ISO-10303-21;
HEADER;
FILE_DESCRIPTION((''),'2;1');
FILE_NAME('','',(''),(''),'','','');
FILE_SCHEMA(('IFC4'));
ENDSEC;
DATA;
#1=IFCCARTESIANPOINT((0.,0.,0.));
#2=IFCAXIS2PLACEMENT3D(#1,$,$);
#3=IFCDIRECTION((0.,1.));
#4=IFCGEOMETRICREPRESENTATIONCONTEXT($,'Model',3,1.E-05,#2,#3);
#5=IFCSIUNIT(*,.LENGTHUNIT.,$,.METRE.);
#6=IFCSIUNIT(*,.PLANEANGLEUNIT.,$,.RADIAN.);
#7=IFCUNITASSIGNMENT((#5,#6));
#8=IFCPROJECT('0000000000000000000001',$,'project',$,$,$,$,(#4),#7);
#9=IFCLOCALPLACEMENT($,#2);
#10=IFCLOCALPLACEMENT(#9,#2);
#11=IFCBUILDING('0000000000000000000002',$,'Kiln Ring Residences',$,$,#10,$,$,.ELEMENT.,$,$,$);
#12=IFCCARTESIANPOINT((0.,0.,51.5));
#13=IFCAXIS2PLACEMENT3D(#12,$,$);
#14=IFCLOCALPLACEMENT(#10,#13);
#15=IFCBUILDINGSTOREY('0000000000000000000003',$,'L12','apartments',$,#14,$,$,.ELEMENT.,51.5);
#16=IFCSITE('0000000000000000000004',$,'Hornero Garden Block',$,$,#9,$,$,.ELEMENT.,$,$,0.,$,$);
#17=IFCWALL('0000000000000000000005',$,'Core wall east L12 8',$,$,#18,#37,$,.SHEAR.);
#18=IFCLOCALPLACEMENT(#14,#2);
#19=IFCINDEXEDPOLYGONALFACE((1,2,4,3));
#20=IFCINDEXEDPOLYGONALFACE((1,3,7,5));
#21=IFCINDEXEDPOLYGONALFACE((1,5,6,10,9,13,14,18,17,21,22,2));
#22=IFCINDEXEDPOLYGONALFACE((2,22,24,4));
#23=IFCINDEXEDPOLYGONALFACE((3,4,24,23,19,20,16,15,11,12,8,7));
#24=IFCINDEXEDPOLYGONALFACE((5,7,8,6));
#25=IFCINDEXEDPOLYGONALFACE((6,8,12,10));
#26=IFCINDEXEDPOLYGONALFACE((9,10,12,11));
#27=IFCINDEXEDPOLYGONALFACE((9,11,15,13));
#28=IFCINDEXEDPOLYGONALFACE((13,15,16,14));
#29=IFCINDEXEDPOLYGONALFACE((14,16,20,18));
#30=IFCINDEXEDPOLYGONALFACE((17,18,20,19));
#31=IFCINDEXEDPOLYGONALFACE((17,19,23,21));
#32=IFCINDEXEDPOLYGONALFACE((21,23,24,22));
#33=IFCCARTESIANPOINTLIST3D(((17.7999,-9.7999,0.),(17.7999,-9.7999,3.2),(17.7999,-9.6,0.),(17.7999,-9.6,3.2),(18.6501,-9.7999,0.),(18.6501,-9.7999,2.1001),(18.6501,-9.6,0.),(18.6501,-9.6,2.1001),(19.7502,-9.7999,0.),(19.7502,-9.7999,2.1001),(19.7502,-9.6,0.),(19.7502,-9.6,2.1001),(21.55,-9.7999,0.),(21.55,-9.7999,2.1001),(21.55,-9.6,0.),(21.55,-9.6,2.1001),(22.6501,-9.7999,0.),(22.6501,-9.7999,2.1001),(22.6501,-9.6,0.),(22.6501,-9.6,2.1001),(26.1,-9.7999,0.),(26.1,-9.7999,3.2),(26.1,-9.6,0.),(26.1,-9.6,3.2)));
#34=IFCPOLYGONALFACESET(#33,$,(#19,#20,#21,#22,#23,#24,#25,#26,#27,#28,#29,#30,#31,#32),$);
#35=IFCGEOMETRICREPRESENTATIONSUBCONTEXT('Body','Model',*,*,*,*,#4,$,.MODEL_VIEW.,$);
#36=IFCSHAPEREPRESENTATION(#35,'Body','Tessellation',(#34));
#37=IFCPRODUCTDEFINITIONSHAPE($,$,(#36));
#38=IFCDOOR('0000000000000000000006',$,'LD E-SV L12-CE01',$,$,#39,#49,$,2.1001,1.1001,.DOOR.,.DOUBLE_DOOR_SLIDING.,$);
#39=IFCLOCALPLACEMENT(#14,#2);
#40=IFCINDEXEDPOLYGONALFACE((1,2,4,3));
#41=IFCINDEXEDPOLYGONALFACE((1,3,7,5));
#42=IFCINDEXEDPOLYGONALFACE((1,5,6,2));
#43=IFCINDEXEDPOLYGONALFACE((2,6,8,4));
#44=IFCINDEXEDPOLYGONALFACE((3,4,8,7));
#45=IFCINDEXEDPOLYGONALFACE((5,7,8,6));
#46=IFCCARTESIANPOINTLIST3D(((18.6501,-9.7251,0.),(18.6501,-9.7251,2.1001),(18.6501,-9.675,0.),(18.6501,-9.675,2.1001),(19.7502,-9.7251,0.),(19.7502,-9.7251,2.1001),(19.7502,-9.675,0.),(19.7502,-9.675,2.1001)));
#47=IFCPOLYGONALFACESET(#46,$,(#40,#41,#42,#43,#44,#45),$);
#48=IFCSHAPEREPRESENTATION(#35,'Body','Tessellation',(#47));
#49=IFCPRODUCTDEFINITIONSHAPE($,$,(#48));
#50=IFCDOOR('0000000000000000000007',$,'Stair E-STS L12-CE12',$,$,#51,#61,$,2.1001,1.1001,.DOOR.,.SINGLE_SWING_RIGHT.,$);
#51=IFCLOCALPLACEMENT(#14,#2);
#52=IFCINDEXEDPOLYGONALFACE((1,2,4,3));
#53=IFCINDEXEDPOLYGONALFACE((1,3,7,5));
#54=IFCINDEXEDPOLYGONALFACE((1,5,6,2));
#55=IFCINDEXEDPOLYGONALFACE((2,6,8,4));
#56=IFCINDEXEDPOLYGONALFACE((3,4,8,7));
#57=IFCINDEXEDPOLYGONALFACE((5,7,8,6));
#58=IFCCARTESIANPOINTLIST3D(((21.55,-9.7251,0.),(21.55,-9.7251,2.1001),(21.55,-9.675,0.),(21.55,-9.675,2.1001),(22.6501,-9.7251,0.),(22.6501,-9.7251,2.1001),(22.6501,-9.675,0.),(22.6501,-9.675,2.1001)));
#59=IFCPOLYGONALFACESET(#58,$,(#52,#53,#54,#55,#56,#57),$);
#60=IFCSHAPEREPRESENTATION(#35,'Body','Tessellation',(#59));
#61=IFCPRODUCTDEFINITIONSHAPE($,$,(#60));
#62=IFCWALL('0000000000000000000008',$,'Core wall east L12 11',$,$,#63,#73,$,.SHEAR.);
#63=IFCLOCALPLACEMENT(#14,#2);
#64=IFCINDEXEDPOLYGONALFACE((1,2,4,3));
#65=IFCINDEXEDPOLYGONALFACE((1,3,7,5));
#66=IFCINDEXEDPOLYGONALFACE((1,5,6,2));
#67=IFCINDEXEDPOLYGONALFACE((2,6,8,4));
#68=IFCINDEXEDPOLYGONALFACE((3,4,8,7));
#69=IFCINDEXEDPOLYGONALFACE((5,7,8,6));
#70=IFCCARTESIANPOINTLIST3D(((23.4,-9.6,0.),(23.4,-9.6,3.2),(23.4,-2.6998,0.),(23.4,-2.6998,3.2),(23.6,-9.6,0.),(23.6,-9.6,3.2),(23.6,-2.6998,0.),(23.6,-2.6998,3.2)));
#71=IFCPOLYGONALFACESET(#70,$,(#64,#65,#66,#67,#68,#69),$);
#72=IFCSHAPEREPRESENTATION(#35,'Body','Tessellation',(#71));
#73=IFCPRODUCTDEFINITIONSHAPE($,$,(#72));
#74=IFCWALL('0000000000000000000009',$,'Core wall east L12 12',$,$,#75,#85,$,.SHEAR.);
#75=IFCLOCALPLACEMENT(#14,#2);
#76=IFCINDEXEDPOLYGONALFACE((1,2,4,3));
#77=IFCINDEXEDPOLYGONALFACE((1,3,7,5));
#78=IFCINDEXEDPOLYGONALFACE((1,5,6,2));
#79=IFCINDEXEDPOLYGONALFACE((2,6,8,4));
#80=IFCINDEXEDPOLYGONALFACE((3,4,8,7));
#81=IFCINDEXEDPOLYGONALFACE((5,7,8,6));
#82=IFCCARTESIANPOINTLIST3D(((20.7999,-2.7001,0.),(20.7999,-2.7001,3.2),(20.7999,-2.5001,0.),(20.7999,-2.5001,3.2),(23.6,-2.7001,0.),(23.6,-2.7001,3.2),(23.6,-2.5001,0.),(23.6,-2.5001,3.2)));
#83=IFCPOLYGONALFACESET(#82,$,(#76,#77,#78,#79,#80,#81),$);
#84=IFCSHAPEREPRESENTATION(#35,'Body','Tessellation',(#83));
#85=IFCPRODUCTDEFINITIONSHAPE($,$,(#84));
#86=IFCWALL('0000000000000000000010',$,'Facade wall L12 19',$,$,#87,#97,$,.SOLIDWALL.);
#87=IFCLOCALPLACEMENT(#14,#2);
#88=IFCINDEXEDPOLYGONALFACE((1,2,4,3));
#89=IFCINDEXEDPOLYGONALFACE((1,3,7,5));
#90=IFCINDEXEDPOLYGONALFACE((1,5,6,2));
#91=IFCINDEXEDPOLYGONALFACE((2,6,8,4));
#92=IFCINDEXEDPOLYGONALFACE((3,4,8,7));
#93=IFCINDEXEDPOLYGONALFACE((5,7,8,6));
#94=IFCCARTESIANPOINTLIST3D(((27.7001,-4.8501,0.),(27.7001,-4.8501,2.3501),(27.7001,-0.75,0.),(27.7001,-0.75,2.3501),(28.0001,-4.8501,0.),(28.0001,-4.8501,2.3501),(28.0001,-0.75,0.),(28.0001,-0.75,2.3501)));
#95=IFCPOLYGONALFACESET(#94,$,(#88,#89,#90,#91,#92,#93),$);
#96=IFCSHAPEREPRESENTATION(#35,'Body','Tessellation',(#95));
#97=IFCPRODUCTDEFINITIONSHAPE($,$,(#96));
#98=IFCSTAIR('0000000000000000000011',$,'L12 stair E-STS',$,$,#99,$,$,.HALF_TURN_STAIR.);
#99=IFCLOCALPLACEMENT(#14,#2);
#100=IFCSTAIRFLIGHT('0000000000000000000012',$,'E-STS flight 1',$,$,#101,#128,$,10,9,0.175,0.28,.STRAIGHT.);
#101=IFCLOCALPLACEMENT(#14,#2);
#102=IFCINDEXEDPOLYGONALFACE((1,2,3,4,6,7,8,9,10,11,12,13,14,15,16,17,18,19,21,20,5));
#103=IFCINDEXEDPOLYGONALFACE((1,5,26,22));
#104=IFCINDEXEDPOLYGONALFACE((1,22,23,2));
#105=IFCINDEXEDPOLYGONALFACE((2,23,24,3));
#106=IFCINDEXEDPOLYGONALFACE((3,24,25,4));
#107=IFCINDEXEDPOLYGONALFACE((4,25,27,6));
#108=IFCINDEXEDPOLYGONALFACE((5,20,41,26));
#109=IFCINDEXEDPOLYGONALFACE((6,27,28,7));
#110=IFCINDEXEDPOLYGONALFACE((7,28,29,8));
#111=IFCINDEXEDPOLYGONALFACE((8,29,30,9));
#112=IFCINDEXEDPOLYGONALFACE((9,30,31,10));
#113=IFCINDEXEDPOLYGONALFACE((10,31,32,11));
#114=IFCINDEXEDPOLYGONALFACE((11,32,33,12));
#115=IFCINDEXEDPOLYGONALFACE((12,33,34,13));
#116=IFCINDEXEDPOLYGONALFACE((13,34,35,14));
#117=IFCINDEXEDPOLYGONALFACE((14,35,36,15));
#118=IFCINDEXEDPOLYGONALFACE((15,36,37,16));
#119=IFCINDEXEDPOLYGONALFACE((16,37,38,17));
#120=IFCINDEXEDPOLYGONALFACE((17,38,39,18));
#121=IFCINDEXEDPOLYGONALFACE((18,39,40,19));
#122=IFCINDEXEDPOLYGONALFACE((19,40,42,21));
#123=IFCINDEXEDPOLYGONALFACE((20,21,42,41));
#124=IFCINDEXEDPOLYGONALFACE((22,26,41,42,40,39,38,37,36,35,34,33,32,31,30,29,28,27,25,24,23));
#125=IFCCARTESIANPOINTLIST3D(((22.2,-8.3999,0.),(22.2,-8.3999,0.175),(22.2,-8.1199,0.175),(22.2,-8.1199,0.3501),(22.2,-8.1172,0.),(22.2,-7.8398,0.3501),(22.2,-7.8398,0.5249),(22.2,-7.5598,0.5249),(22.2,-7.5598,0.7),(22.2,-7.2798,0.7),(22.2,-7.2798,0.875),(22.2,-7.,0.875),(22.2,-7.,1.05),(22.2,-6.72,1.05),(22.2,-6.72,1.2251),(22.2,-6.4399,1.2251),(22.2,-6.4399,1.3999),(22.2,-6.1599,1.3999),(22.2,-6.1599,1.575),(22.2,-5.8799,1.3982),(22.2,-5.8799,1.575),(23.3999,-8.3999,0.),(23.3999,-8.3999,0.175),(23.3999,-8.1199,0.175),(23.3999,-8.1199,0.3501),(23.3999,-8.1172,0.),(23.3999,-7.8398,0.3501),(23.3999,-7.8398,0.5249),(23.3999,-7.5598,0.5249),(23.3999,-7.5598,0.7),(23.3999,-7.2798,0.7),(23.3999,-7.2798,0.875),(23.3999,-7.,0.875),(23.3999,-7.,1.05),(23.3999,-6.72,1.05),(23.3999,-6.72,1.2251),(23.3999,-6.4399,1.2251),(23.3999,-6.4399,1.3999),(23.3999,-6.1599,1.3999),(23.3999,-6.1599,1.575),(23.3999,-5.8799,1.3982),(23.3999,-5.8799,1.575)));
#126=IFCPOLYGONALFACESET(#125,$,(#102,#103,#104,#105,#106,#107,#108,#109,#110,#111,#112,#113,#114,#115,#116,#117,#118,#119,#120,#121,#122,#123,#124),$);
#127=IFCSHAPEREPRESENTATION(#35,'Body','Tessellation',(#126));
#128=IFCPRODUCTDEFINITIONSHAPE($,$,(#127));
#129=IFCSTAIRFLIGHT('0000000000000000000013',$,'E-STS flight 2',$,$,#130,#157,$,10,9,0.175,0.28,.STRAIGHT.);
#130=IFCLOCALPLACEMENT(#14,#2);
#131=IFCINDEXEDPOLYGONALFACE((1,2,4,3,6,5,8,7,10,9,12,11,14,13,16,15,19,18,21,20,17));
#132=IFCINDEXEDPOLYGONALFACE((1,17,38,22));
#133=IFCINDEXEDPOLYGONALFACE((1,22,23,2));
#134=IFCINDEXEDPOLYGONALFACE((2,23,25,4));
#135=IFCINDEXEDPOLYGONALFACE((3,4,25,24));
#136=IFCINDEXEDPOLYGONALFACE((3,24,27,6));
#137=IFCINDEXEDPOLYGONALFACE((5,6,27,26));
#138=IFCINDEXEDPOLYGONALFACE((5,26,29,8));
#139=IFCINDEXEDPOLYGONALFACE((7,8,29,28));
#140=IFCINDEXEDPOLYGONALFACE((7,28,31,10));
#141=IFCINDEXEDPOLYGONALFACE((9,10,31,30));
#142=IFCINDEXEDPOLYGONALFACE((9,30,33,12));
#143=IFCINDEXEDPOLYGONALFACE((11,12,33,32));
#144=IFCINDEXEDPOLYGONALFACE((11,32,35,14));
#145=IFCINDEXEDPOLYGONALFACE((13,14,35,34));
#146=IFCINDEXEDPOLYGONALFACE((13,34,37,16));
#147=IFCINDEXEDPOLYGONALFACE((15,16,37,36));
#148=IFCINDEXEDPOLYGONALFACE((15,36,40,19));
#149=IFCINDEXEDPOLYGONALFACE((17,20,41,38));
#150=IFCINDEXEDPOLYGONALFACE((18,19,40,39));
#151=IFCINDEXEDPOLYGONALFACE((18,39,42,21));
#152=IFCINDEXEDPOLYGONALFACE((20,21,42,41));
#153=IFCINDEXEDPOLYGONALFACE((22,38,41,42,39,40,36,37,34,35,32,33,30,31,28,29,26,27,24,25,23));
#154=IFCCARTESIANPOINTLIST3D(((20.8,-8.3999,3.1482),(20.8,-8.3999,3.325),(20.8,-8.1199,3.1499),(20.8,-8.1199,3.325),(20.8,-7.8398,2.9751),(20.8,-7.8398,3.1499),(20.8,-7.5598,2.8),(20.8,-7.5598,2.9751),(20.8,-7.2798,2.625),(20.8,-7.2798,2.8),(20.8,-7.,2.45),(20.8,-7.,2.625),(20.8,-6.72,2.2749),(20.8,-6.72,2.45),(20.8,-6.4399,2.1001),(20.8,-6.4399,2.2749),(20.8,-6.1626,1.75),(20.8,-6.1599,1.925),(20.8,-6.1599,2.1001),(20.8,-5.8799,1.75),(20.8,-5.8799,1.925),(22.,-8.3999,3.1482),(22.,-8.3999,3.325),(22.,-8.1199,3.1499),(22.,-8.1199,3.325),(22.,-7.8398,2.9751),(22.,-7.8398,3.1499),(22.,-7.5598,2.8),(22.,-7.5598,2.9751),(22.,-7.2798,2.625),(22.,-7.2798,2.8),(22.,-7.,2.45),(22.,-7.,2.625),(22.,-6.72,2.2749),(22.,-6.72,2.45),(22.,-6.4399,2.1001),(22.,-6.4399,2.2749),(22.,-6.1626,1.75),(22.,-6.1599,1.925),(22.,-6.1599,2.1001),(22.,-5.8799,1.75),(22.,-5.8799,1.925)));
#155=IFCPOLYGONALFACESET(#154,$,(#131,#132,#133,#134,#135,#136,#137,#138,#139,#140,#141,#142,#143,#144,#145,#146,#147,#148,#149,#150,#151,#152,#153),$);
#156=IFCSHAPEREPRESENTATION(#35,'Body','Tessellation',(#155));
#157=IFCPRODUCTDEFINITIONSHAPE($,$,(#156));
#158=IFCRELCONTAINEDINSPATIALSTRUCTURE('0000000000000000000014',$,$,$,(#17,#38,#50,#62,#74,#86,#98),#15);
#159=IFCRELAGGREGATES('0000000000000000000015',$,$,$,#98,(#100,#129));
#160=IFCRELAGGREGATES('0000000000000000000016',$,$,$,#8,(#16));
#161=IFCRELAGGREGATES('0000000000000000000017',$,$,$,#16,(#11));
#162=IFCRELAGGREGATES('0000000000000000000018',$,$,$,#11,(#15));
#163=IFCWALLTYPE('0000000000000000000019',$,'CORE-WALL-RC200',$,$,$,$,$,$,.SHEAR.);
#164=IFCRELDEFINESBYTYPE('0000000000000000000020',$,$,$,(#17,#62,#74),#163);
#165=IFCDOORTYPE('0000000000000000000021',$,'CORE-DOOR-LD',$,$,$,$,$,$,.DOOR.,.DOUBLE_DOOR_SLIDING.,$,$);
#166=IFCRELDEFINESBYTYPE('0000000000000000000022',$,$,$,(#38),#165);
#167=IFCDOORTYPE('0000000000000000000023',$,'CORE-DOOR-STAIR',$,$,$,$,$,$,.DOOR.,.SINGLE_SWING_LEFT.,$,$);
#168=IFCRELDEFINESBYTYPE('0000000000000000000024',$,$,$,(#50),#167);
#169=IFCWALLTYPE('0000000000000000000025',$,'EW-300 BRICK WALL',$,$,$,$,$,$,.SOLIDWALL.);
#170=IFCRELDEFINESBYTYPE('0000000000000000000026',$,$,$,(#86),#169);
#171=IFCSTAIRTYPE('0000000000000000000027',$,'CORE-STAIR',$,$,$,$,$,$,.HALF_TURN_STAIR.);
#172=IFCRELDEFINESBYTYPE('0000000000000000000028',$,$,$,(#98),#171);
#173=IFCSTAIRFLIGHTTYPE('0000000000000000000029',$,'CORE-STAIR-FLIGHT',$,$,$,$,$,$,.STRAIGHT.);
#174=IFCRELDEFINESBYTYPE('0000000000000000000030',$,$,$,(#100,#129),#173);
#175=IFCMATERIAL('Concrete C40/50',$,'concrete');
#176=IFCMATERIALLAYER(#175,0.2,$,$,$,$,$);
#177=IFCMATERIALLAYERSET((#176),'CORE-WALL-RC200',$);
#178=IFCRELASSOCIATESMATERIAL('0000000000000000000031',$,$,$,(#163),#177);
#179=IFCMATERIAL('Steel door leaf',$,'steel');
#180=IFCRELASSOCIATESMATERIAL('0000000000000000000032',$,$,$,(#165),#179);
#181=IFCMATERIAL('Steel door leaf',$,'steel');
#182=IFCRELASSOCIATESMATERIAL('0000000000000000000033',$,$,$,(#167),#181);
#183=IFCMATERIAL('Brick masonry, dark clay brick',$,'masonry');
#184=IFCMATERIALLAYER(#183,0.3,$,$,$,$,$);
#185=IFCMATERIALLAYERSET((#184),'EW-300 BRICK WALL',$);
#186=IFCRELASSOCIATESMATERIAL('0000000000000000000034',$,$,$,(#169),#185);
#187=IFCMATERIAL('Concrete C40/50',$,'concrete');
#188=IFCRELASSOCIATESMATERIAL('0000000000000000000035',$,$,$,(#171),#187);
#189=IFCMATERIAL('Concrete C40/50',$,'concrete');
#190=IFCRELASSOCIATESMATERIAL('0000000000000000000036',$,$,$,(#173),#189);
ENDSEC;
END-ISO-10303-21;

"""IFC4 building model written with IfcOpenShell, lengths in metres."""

from ifc_helpers import new_model, si_unit, direction, frame, frame_2d, origin, place, context, subcontext, project, spatial, polyline, rectangle, outline, extrude, material, layer, layer_set, type_object, element, fill, aggregate, save


model = new_model("IFC4")

# Units and contexts
model_context = context("Model", 3, precision=1e-05, world=origin(), true_north=direction((0.0, 1.0)))
body_context = subcontext(model_context, "Body", "Model", "MODEL_VIEW")
ifc_project = project(units=[si_unit("LENGTHUNIT", "METRE"), si_unit("PLANEANGLEUNIT", "RADIAN")], contexts=[model_context])

# Site, building, storey
site_placement = place(None, origin())
site = spatial("IfcSite", under=ifc_project, at=site_placement, Name="Hornero Garden Block", CompositionType="ELEMENT", RefElevation=0.0)
building_placement = place(site_placement, origin())
building = spatial("IfcBuilding", under=site, at=building_placement, Name="Kiln Ring Residences", CompositionType="ELEMENT")
storey_placement = place(building_placement, frame((0.0, 0.0, 51.5)))
storey = spatial("IfcBuildingStorey", under=building, at=storey_placement, Name="L12", Description="apartments", CompositionType="ELEMENT", Elevation=51.5)

# Shared definitions
ifc_material_1 = material(Name="Concrete C40/50", Category="concrete")
ifc_layer_1 = layer(ifc_material_1, 0.2)
ifc_layer_set_1 = layer_set([ifc_layer_1], Name="CORE-WALL-RC200")
wall_type_1 = type_object("IfcWallType", Name="CORE-WALL-RC200", PredefinedType="SHEAR", material=ifc_layer_set_1)

# Wall, openings, doors
wall_1_placement = place(storey_placement, frame((17.8, -9.7, 0.0), z_axis=(0.0, 0.0, 1.0), x_axis=(1.0, 0.0, 0.0)))
wall_1 = element("IfcWall", 1, at=wall_1_placement, inside=storey, type_object=wall_type_1, Name="Core wall east L12 8", PredefinedType="SHEAR", context=body_context, shape_type="SweptSolid", body=[
    extrude(rectangle(XDim=8.3, YDim=0.2, at=frame_2d((4.1499, 0.0))), origin(), (0.0, 0.0, 1.0), 3.2),
])
opening_1_placement = place(wall_1_placement, frame((0.8501, 0.0, 0.0)))
opening_1 = element("IfcOpeningElement", 2, at=opening_1_placement, cuts=wall_1, PredefinedType="OPENING", context=body_context, shape_type="SweptSolid", body=[
    extrude(rectangle(XDim=1.1001, YDim=2.1001, at=frame_2d((0.55, 1.05))), frame((0.0, 0.1099, 0.0), z_axis=(0.0, -1.0, 0.0), x_axis=(1.0, 0.0, 0.0)), (0.0, 0.0, 1.0), 0.22),
])
opening_2_placement = place(wall_1_placement, frame((3.75, 0.0, 0.0)))
opening_2 = element("IfcOpeningElement", 3, at=opening_2_placement, cuts=wall_1, PredefinedType="OPENING", context=body_context, shape_type="SweptSolid", body=[
    extrude(rectangle(XDim=1.1001, YDim=2.1001, at=frame_2d((0.55, 1.05))), frame((0.0, 0.1099, 0.0), z_axis=(0.0, -1.0, 0.0), x_axis=(1.0, 0.0, 0.0)), (0.0, 0.0, 1.0), 0.22),
])
ifc_material_2 = material(Name="Steel door leaf", Category="steel")
door_type_1 = type_object("IfcDoorType", Name="CORE-DOOR-LD", OperationType="DOUBLE_DOOR_SLIDING", PredefinedType="DOOR", material=ifc_material_2)
door_1_placement = place(opening_1_placement, origin())
door_1 = element("IfcDoor", 4, at=door_1_placement, inside=storey, type_object=door_type_1, Name="LD E-SV L12-CE01", OperationType="DOUBLE_DOOR_SLIDING", OverallHeight=2.1001, OverallWidth=1.1001, PredefinedType="DOOR", context=body_context, shape_type="SweptSolid", body=[
    extrude(rectangle(XDim=1.1001, YDim=2.1001, at=frame_2d((0.55, 1.05))), frame((0.0, 0.0249, 0.0), z_axis=(0.0, -1.0, 0.0), x_axis=(1.0, 0.0, 0.0)), (0.0, 0.0, 1.0), 0.05),
])
fill(opening_1, door_1)
ifc_material_3 = material(Name="Steel door leaf", Category="steel")
door_type_2 = type_object("IfcDoorType", Name="CORE-DOOR-STAIR", OperationType="SINGLE_SWING_LEFT", PredefinedType="DOOR", material=ifc_material_3)
door_2_placement = place(opening_2_placement, origin())
door_2 = element("IfcDoor", 5, at=door_2_placement, inside=storey, type_object=door_type_2, Name="Stair E-STS L12-CE12", OperationType="SINGLE_SWING_RIGHT", OverallHeight=2.1001, OverallWidth=1.1001, PredefinedType="DOOR", context=body_context, shape_type="SweptSolid", body=[
    extrude(rectangle(XDim=1.1001, YDim=2.1001, at=frame_2d((0.55, 1.05))), frame((0.0, 0.0249, 0.0), z_axis=(0.0, -1.0, 0.0), x_axis=(1.0, 0.0, 0.0)), (0.0, 0.0, 1.0), 0.05),
])
fill(opening_2, door_2)

# Walls
wall_2_placement = place(storey_placement, frame((23.5, -9.6001, 0.0), z_axis=(0.0, 0.0, 1.0), x_axis=(0.0, 1.0, 0.0)))
element("IfcWall", 6, at=wall_2_placement, inside=storey, type_object=wall_type_1, Name="Core wall east L12 11", PredefinedType="SHEAR", context=body_context, shape_type="SweptSolid", body=[
    extrude(rectangle(XDim=6.9001, YDim=0.2, at=frame_2d((3.4502, 0.0))), origin(), (0.0, 0.0, 1.0), 3.2),
])
wall_3_placement = place(storey_placement, frame((20.8, -2.6001, 0.0), z_axis=(0.0, 0.0, 1.0), x_axis=(1.0, 0.0, 0.0)))
element("IfcWall", 7, at=wall_3_placement, inside=storey, type_object=wall_type_1, Name="Core wall east L12 12", PredefinedType="SHEAR", context=body_context, shape_type="SweptSolid", body=[
    extrude(rectangle(XDim=2.8, YDim=0.2, at=frame_2d((1.3999, 0.0))), origin(), (0.0, 0.0, 1.0), 3.2),
])
ifc_material_4 = material(Name="Brick masonry, dark clay brick", Category="masonry")
ifc_layer_2 = layer(ifc_material_4, 0.3)
ifc_layer_set_2 = layer_set([ifc_layer_2], Name="EW-300 BRICK WALL")
wall_type_2 = type_object("IfcWallType", Name="EW-300 BRICK WALL", PredefinedType="SOLIDWALL", material=ifc_layer_set_2)
wall_4_placement = place(storey_placement, frame((27.8501, -4.8501, 0.0), z_axis=(0.0, 0.0, 1.0), x_axis=(0.0, 1.0, 0.0)))
element("IfcWall", 8, at=wall_4_placement, inside=storey, type_object=wall_type_2, Name="Facade wall L12 19", PredefinedType="SOLIDWALL", context=body_context, shape_type="SweptSolid", body=[
    extrude(rectangle(XDim=4.1001, YDim=0.3, at=frame_2d((2.05, 0.0))), origin(), (0.0, 0.0, 1.0), 2.3501),
])

# Stair, stair flights
ifc_material_5 = material(Name="Concrete C40/50", Category="concrete")
stair_type = type_object("IfcStairType", Name="CORE-STAIR", PredefinedType="HALF_TURN_STAIR", material=ifc_material_5)
stair_placement = place(storey_placement, origin())
stair = element("IfcStair", 9, at=stair_placement, inside=storey, type_object=stair_type, Name="L12 stair E-STS", PredefinedType="HALF_TURN_STAIR")
ifc_material_6 = material(Name="Concrete C40/50", Category="concrete")
stair_flight_type = type_object("IfcStairFlightType", Name="CORE-STAIR-FLIGHT", PredefinedType="STRAIGHT", material=ifc_material_6)
stair_flight_1_placement = place(storey_placement, frame((22.8, -8.3999, 0.0), z_axis=(0.0, 0.0, 1.0), x_axis=(0.0, 1.0, 0.0)))
stair_flight_1 = element("IfcStairFlight", 10, at=stair_flight_1_placement, type_object=stair_flight_type, Name="E-STS flight 1", NumberOfRisers=10, NumberOfTreads=9, PredefinedType="STRAIGHT", RiserHeight=0.175, TreadLength=0.28, context=body_context, shape_type="SweptSolid", body=[
    extrude(outline(polyline([(0.0, 0.0), (0.0, 0.175), (0.28, 0.175), (0.28, 0.3501), (0.5601, 0.3501), (0.5601, 0.5249), (0.8401, 0.5249), (0.8401, 0.7), (1.1201, 0.7), (1.1201, 0.875), (1.3999, 0.875), (1.3999, 1.05), (1.6799, 1.05), (1.6799, 1.2251), (1.96, 1.2251), (1.96, 1.3999), (2.24, 1.3999), (2.24, 1.575), (2.52, 1.575), (2.52, 1.75), (2.52, 1.3982), (0.2827, 0.0), (0.0, 0.0)])), frame((0.0, 0.6001, 0.0), z_axis=(0.0, -1.0, 0.0), x_axis=(1.0, 0.0, 0.0)), (0.0, 0.0, 1.0), 1.2),
])
stair_flight_2_placement = place(storey_placement, frame((21.3999, -5.8799, 1.75), z_axis=(0.0, 0.0, 1.0), x_axis=(0.0, -1.0, 0.0)))
stair_flight_2 = element("IfcStairFlight", 11, at=stair_flight_2_placement, type_object=stair_flight_type, Name="E-STS flight 2", NumberOfRisers=10, NumberOfTreads=9, PredefinedType="STRAIGHT", RiserHeight=0.175, TreadLength=0.28, context=body_context, shape_type="SweptSolid", body=[
    extrude(outline(polyline([(0.0, 0.0), (0.0, 0.175), (0.28, 0.175), (0.28, 0.3501), (0.5601, 0.3501), (0.5601, 0.5249), (0.8401, 0.5249), (0.8401, 0.7), (1.1201, 0.7), (1.1201, 0.875), (1.3999, 0.875), (1.3999, 1.05), (1.6799, 1.05), (1.6799, 1.2251), (1.96, 1.2251), (1.96, 1.3999), (2.24, 1.3999), (2.24, 1.575), (2.52, 1.575), (2.52, 1.75), (2.52, 1.3982), (0.2827, 0.0), (0.0, 0.0)])), frame((0.0, 0.6001, 0.0), z_axis=(0.0, -1.0, 0.0), x_axis=(1.0, 0.0, 0.0)), (0.0, 0.0, 1.0), 1.2),
])
aggregate(stair, [stair_flight_1, stair_flight_2])

save(model, "model.ifc")
